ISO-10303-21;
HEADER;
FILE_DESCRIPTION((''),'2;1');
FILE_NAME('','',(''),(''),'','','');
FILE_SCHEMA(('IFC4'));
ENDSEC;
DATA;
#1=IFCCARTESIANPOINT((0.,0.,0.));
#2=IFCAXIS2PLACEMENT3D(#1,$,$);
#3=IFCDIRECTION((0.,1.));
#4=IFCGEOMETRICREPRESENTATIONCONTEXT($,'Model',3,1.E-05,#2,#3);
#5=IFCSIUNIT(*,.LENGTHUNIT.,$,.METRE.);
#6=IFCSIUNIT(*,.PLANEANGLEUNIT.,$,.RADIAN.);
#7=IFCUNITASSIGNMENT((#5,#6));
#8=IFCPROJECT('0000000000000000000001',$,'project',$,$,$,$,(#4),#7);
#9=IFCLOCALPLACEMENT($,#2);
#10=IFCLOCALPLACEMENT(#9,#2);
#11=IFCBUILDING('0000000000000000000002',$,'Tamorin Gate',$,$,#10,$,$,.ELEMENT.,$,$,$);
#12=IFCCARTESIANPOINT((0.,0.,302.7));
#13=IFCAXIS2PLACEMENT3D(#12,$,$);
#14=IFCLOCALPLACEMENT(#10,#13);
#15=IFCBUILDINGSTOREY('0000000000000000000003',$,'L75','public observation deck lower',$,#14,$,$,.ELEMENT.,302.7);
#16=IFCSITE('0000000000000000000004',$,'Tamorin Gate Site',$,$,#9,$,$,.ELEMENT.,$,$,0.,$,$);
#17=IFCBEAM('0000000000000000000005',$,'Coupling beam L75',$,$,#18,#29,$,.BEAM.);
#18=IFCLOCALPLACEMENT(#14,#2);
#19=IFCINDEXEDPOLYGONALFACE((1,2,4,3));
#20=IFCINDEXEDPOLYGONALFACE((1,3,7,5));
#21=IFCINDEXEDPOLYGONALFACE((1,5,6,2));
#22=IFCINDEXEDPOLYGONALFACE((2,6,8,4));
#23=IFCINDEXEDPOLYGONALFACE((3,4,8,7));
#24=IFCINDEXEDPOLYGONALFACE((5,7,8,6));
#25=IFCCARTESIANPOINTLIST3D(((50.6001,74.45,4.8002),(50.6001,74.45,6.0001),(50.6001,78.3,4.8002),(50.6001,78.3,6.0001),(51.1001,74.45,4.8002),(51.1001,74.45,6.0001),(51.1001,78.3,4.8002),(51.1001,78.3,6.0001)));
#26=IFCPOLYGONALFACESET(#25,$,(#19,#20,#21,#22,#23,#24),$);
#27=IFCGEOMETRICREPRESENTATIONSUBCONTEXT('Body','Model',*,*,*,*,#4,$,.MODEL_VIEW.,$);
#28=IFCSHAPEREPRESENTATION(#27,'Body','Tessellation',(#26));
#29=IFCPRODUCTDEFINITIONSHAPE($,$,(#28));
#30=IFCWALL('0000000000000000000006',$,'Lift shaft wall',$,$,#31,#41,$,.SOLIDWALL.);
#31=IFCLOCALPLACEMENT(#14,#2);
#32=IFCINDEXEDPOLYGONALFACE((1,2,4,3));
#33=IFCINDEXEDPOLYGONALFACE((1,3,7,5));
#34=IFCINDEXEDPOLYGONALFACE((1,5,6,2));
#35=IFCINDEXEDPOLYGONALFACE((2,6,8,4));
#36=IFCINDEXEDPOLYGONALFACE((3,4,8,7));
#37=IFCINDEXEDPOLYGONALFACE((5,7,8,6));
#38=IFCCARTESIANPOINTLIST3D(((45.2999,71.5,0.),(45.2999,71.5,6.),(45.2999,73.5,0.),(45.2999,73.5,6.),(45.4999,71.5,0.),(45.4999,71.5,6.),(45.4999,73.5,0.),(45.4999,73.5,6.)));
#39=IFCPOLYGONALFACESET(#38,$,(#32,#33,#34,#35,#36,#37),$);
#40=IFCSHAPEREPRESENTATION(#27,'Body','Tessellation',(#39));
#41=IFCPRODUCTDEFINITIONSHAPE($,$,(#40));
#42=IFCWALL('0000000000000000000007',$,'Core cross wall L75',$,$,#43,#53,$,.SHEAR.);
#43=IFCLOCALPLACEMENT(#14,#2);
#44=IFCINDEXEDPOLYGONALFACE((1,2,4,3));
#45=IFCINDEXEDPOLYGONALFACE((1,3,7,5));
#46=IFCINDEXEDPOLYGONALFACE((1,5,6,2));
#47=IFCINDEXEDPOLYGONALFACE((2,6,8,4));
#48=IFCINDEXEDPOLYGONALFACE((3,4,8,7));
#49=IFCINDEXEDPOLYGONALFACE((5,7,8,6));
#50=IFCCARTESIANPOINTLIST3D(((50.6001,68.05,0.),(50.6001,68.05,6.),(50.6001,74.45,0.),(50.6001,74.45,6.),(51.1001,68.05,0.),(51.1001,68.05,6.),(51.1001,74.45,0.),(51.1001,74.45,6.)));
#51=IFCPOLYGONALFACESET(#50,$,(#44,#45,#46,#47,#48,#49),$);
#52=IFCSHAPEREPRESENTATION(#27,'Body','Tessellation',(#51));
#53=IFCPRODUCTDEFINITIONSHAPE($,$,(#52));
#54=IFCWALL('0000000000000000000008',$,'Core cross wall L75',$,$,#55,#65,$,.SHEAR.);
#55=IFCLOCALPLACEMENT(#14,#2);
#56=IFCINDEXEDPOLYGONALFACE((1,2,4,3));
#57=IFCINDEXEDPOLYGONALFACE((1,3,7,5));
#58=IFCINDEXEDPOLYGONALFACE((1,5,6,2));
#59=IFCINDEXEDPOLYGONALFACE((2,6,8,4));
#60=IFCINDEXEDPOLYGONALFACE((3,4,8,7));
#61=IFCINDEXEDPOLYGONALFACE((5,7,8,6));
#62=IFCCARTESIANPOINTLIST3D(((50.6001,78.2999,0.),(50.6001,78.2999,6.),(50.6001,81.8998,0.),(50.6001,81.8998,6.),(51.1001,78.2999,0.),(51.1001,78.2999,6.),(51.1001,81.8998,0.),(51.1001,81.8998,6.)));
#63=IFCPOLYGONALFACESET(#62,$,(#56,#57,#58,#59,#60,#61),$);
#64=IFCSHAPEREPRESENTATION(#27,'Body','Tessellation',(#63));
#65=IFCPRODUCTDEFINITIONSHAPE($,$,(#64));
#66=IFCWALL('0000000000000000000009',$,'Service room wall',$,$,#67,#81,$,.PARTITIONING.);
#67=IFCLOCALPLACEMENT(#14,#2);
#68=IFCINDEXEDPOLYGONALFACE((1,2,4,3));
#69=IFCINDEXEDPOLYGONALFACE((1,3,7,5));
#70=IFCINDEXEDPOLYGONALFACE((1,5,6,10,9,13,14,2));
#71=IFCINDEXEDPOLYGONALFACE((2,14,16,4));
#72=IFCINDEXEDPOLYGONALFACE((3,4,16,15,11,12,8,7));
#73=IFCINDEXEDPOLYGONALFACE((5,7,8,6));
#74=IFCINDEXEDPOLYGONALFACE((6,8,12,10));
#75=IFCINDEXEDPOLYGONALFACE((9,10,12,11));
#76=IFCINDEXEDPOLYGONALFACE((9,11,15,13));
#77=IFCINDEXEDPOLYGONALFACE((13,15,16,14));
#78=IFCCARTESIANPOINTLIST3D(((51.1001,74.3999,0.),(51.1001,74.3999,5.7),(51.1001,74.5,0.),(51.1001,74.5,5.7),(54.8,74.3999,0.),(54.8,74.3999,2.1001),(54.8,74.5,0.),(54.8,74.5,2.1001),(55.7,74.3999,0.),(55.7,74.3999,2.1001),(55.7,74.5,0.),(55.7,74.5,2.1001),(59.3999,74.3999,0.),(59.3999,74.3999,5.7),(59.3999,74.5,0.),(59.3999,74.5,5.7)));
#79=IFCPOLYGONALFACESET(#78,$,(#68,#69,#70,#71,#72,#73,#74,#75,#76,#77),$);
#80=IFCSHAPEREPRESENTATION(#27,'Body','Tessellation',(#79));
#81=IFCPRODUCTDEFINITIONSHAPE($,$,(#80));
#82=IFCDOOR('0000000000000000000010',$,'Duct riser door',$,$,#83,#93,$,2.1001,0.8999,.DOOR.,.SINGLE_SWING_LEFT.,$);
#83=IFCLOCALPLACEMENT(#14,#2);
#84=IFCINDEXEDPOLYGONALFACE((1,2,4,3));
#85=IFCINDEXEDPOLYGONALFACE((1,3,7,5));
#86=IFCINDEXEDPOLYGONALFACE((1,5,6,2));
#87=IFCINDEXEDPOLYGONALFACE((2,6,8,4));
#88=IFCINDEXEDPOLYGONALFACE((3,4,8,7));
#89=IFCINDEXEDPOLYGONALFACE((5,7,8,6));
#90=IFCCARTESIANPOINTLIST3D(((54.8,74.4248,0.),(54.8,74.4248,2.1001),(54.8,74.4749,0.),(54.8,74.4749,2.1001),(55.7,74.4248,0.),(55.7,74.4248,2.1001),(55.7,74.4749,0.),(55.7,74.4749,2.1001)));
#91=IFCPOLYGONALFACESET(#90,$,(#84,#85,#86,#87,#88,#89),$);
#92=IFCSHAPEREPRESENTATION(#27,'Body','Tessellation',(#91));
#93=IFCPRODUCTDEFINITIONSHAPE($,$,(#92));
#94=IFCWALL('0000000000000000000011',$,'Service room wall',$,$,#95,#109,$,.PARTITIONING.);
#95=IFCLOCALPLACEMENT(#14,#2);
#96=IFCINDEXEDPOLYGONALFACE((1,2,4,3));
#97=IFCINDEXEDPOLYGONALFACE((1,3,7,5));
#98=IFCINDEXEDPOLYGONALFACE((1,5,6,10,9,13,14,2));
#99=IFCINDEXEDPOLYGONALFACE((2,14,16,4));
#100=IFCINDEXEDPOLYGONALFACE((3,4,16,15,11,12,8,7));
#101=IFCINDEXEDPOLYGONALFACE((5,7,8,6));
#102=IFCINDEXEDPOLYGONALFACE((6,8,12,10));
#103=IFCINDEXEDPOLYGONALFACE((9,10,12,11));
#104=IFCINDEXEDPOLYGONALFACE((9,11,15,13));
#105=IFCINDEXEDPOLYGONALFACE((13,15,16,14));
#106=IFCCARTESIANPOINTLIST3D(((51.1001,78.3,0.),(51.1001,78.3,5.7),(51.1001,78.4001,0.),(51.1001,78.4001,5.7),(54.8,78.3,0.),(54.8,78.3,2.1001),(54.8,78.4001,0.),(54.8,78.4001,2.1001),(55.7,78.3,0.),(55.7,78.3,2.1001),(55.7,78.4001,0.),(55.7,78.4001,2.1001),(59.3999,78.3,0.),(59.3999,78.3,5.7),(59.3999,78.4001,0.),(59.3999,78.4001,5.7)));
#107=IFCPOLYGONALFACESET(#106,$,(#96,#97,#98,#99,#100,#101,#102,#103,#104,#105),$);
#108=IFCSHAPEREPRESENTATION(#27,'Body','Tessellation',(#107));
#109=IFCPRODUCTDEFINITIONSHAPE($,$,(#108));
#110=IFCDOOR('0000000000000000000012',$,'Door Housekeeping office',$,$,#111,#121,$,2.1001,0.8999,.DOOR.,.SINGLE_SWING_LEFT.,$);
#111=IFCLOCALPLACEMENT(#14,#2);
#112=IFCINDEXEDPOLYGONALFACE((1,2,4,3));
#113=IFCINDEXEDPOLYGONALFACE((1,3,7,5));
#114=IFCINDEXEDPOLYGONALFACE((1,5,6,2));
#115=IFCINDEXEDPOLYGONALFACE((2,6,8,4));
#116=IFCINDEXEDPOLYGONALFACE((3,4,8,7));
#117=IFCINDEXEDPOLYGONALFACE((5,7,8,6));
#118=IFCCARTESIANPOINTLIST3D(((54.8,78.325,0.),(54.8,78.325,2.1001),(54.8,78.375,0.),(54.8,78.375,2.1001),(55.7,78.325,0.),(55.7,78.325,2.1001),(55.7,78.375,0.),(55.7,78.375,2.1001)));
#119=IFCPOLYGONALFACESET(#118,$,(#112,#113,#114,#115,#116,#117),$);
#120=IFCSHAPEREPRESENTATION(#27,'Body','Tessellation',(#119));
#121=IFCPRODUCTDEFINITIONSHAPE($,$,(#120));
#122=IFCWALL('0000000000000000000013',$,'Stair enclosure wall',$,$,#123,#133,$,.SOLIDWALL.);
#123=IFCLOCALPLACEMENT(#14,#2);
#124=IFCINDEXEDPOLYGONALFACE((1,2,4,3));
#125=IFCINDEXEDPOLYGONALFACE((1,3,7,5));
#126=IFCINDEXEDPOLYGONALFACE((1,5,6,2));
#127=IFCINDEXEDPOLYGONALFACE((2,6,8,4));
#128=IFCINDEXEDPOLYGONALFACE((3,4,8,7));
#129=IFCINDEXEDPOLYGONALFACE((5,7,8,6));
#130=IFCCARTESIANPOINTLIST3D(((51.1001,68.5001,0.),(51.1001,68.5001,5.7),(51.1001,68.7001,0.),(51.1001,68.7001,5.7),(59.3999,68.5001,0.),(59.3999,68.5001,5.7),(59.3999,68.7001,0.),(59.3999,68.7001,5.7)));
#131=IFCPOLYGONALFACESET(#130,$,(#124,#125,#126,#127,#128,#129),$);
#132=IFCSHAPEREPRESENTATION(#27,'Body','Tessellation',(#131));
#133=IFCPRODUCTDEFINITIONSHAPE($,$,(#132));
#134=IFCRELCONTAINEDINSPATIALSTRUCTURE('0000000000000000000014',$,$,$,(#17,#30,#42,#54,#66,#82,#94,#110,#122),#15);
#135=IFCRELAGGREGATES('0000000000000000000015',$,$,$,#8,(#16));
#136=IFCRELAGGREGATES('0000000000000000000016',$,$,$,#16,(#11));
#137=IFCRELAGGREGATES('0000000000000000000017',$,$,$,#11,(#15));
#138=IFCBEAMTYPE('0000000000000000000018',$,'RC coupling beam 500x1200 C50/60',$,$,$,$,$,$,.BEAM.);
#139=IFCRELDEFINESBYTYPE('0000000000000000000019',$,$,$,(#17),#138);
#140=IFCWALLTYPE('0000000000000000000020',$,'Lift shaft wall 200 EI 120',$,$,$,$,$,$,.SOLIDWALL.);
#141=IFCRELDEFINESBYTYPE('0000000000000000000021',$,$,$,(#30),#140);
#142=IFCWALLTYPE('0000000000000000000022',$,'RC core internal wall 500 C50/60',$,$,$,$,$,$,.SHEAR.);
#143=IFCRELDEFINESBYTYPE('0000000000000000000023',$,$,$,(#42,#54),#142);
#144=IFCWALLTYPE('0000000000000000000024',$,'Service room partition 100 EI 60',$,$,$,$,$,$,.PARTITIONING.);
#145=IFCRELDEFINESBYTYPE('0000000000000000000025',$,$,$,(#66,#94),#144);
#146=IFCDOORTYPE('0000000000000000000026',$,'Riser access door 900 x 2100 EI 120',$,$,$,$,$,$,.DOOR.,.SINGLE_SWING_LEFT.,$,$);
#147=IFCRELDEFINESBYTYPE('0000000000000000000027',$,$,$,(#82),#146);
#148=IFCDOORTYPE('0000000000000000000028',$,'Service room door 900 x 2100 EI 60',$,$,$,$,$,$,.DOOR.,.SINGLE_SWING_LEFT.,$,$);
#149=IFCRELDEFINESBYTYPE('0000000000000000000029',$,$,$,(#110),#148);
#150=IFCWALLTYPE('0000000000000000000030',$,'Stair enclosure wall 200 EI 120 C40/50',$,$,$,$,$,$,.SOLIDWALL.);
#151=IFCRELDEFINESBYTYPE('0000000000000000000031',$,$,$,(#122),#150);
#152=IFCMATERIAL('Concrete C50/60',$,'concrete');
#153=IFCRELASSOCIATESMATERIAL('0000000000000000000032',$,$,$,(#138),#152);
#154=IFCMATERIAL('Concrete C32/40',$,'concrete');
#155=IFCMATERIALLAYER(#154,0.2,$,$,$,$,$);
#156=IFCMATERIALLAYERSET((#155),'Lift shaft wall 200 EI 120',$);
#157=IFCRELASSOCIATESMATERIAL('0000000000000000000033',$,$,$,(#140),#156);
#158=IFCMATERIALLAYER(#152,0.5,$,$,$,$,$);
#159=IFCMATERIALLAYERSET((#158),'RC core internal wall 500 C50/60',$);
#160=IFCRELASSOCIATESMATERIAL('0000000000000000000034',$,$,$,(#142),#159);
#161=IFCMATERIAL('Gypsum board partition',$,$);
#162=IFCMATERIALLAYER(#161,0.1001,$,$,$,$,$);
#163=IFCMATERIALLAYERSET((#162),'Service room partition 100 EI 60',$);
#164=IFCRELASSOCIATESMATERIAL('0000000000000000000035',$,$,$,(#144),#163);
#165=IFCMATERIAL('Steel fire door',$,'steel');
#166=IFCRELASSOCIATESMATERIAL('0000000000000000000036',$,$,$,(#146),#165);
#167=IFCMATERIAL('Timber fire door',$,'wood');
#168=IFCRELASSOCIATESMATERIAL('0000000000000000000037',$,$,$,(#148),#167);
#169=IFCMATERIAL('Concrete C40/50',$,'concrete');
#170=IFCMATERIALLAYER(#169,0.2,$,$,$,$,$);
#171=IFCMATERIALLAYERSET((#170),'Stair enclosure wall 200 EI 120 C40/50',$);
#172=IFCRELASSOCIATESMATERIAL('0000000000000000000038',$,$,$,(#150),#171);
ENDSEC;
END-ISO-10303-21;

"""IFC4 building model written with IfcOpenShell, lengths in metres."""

from ifc_helpers import new_model, si_unit, direction, frame, frame_2d, origin, origin_2d, place, context, subcontext, project, spatial, rectangle, extrude, material, layer, layer_set, material_profile, profile_set, type_object, element, fill, save


model = new_model("IFC4")

# Units and contexts
model_context = context("Model", 3, precision=1e-05, world=origin(), true_north=direction((0.0, 1.0)))
body_context = subcontext(model_context, "Body", "Model", "MODEL_VIEW")
ifc_project = project(units=[si_unit("LENGTHUNIT", "METRE"), si_unit("PLANEANGLEUNIT", "RADIAN")], contexts=[model_context])

# Site, building, storey
site_placement = place(None, origin())
site = spatial("IfcSite", under=ifc_project, at=site_placement, Name="Tamorin Gate Site", CompositionType="ELEMENT", RefElevation=0.0)
building_placement = place(site_placement, origin())
building = spatial("IfcBuilding", under=site, at=building_placement, Name="Tamorin Gate", CompositionType="ELEMENT")
storey_placement = place(building_placement, frame((0.0, 0.0, 302.7)))
storey = spatial("IfcBuildingStorey", under=building, at=storey_placement, Name="L75", Description="public observation deck lower", CompositionType="ELEMENT", Elevation=302.7)

# Beam
ifc_material_1 = material(Name="Concrete C50/60", Category="concrete")
ifc_material_profile = material_profile(ifc_material_1, rectangle(XDim=0.5, YDim=1.2, at=origin_2d()), Name="RC 500x1200")
ifc_profile_set = profile_set([ifc_material_profile], Name="Concrete C50/60")
beam_type = type_object("IfcBeamType", Name="RC coupling beam 500x1200 C50/60", PredefinedType="BEAM", material=ifc_profile_set)
beam_placement = place(storey_placement, frame((50.8501, 74.45, 5.4001), z_axis=(0.0, 1.0, 0.0), x_axis=(-1.0, 0.0, 0.0)))
element("IfcBeam", 1, at=beam_placement, inside=storey, type_object=beam_type, Name="Coupling beam L75", PredefinedType="BEAM", context=body_context, shape_type="SweptSolid", body=[
    extrude(rectangle(XDim=0.5, YDim=1.2, at=origin_2d()), origin(), (0.0, 0.0, 1.0), 3.8501),
])

# Walls
ifc_material_2 = material(Name="Concrete C32/40", Category="concrete")
ifc_layer_1 = layer(ifc_material_2, 0.2)
ifc_layer_set_1 = layer_set([ifc_layer_1], Name="Lift shaft wall 200 EI 120")
wall_type_1 = type_object("IfcWallType", Name="Lift shaft wall 200 EI 120", PredefinedType="SOLIDWALL", material=ifc_layer_set_1)
wall_1_placement = place(storey_placement, frame((45.3999, 71.5, 0.0), z_axis=(0.0, 0.0, 1.0), x_axis=(0.0, 1.0, 0.0)))
element("IfcWall", 2, at=wall_1_placement, inside=storey, type_object=wall_type_1, Name="Lift shaft wall", PredefinedType="SOLIDWALL", context=body_context, shape_type="SweptSolid", body=[
    extrude(rectangle(XDim=2.0, YDim=0.2, at=frame_2d((1.0, 0.0))), origin(), (0.0, 0.0, 1.0), 6.0),
])
ifc_layer_2 = layer(ifc_material_1, 0.5)
ifc_layer_set_2 = layer_set([ifc_layer_2], Name="RC core internal wall 500 C50/60")
wall_type_2 = type_object("IfcWallType", Name="RC core internal wall 500 C50/60", PredefinedType="SHEAR", material=ifc_layer_set_2)
wall_2_placement = place(storey_placement, frame((50.8501, 68.05, 0.0), z_axis=(0.0, 0.0, 1.0), x_axis=(0.0, 1.0, 0.0)))
element("IfcWall", 3, at=wall_2_placement, inside=storey, type_object=wall_type_2, Name="Core cross wall L75", PredefinedType="SHEAR", context=body_context, shape_type="SweptSolid", body=[
    extrude(rectangle(XDim=6.3999, YDim=0.5, at=frame_2d((3.2, 0.0))), origin(), (0.0, 0.0, 1.0), 6.0),
])
wall_3_placement = place(storey_placement, frame((50.8501, 78.3, 0.0), z_axis=(0.0, 0.0, 1.0), x_axis=(0.0, 1.0, 0.0)))
element("IfcWall", 4, at=wall_3_placement, inside=storey, type_object=wall_type_2, Name="Core cross wall L75", PredefinedType="SHEAR", context=body_context, shape_type="SweptSolid", body=[
    extrude(rectangle(XDim=3.5999, YDim=0.5, at=frame_2d((1.7998, 0.0))), origin(), (0.0, 0.0, 1.0), 6.0),
])

# Walls, openings, doors
ifc_material_3 = material(Name="Gypsum board partition")
ifc_layer_3 = layer(ifc_material_3, 0.1001)
ifc_layer_set_3 = layer_set([ifc_layer_3], Name="Service room partition 100 EI 60")
wall_type_3 = type_object("IfcWallType", Name="Service room partition 100 EI 60", PredefinedType="PARTITIONING", material=ifc_layer_set_3)
wall_4_placement = place(storey_placement, frame((51.1001, 74.45, 0.0), z_axis=(0.0, 0.0, 1.0), x_axis=(1.0, 0.0, 0.0)))
wall_4 = element("IfcWall", 5, at=wall_4_placement, inside=storey, type_object=wall_type_3, Name="Service room wall", PredefinedType="PARTITIONING", context=body_context, shape_type="SweptSolid", body=[
    extrude(rectangle(XDim=8.2998, YDim=0.1001, at=frame_2d((4.1499, 0.0))), origin(), (0.0, 0.0, 1.0), 5.7),
])
opening_1_placement = place(wall_4_placement, frame((3.7, 0.0, 0.0)))
opening_1 = element("IfcOpeningElement", 6, at=opening_1_placement, cuts=wall_4, PredefinedType="OPENING", context=body_context, shape_type="SweptSolid", body=[
    extrude(rectangle(XDim=0.8999, YDim=2.1001, at=frame_2d((0.45, 1.05))), frame((0.0, 0.0601, 0.0), z_axis=(0.0, -1.0, 0.0), x_axis=(1.0, 0.0, 0.0)), (0.0, 0.0, 1.0), 0.1201),
])
ifc_material_4 = material(Name="Steel fire door", Category="steel")
door_type_1 = type_object("IfcDoorType", Name="Riser access door 900 x 2100 EI 120", OperationType="SINGLE_SWING_LEFT", PredefinedType="DOOR", material=ifc_material_4)
door_1_placement = place(opening_1_placement, origin())
door_1 = element("IfcDoor", 7, at=door_1_placement, inside=storey, type_object=door_type_1, Name="Duct riser door", OperationType="SINGLE_SWING_LEFT", OverallHeight=2.1001, OverallWidth=0.8999, PredefinedType="DOOR", context=body_context, shape_type="SweptSolid", body=[
    extrude(rectangle(XDim=0.8999, YDim=2.1001, at=frame_2d((0.45, 1.05))), frame((0.0, 0.0249, 0.0), z_axis=(0.0, -1.0, 0.0), x_axis=(1.0, 0.0, 0.0)), (0.0, 0.0, 1.0), 0.05),
])
fill(opening_1, door_1)
wall_5_placement = place(storey_placement, frame((51.1001, 78.3501, 0.0), z_axis=(0.0, 0.0, 1.0), x_axis=(1.0, 0.0, 0.0)))
wall_5 = element("IfcWall", 8, at=wall_5_placement, inside=storey, type_object=wall_type_3, Name="Service room wall", PredefinedType="PARTITIONING", context=body_context, shape_type="SweptSolid", body=[
    extrude(rectangle(XDim=8.2998, YDim=0.1001, at=frame_2d((4.1499, 0.0))), origin(), (0.0, 0.0, 1.0), 5.7),
])
opening_2_placement = place(wall_5_placement, frame((3.7, 0.0, 0.0)))
opening_2 = element("IfcOpeningElement", 9, at=opening_2_placement, cuts=wall_5, PredefinedType="OPENING", context=body_context, shape_type="SweptSolid", body=[
    extrude(rectangle(XDim=0.8999, YDim=2.1001, at=frame_2d((0.45, 1.05))), frame((0.0, 0.0601, 0.0), z_axis=(0.0, -1.0, 0.0), x_axis=(1.0, 0.0, 0.0)), (0.0, 0.0, 1.0), 0.1201),
])
ifc_material_5 = material(Name="Timber fire door", Category="wood")
door_type_2 = type_object("IfcDoorType", Name="Service room door 900 x 2100 EI 60", OperationType="SINGLE_SWING_LEFT", PredefinedType="DOOR", material=ifc_material_5)
door_2_placement = place(opening_2_placement, origin())
door_2 = element("IfcDoor", 10, at=door_2_placement, inside=storey, type_object=door_type_2, Name="Door Housekeeping office", OperationType="SINGLE_SWING_LEFT", OverallHeight=2.1001, OverallWidth=0.8999, PredefinedType="DOOR", context=body_context, shape_type="SweptSolid", body=[
    extrude(rectangle(XDim=0.8999, YDim=2.1001, at=frame_2d((0.45, 1.05))), frame((0.0, 0.0249, 0.0), z_axis=(0.0, -1.0, 0.0), x_axis=(1.0, 0.0, 0.0)), (0.0, 0.0, 1.0), 0.05),
])
fill(opening_2, door_2)

# Wall
ifc_material_6 = material(Name="Concrete C40/50", Category="concrete")
ifc_layer_4 = layer(ifc_material_6, 0.2)
ifc_layer_set_4 = layer_set([ifc_layer_4], Name="Stair enclosure wall 200 EI 120 C40/50")
wall_type_4 = type_object("IfcWallType", Name="Stair enclosure wall 200 EI 120 C40/50", PredefinedType="SOLIDWALL", material=ifc_layer_set_4)
wall_6_placement = place(storey_placement, frame((51.1001, 68.6001, 0.0), z_axis=(0.0, 0.0, 1.0), x_axis=(1.0, 0.0, 0.0)))
element("IfcWall", 11, at=wall_6_placement, inside=storey, type_object=wall_type_4, Name="Stair enclosure wall", PredefinedType="SOLIDWALL", context=body_context, shape_type="SweptSolid", body=[
    extrude(rectangle(XDim=8.2998, YDim=0.2, at=frame_2d((4.1499, 0.0))), origin(), (0.0, 0.0, 1.0), 5.7),
])

save(model, "model.ifc")
